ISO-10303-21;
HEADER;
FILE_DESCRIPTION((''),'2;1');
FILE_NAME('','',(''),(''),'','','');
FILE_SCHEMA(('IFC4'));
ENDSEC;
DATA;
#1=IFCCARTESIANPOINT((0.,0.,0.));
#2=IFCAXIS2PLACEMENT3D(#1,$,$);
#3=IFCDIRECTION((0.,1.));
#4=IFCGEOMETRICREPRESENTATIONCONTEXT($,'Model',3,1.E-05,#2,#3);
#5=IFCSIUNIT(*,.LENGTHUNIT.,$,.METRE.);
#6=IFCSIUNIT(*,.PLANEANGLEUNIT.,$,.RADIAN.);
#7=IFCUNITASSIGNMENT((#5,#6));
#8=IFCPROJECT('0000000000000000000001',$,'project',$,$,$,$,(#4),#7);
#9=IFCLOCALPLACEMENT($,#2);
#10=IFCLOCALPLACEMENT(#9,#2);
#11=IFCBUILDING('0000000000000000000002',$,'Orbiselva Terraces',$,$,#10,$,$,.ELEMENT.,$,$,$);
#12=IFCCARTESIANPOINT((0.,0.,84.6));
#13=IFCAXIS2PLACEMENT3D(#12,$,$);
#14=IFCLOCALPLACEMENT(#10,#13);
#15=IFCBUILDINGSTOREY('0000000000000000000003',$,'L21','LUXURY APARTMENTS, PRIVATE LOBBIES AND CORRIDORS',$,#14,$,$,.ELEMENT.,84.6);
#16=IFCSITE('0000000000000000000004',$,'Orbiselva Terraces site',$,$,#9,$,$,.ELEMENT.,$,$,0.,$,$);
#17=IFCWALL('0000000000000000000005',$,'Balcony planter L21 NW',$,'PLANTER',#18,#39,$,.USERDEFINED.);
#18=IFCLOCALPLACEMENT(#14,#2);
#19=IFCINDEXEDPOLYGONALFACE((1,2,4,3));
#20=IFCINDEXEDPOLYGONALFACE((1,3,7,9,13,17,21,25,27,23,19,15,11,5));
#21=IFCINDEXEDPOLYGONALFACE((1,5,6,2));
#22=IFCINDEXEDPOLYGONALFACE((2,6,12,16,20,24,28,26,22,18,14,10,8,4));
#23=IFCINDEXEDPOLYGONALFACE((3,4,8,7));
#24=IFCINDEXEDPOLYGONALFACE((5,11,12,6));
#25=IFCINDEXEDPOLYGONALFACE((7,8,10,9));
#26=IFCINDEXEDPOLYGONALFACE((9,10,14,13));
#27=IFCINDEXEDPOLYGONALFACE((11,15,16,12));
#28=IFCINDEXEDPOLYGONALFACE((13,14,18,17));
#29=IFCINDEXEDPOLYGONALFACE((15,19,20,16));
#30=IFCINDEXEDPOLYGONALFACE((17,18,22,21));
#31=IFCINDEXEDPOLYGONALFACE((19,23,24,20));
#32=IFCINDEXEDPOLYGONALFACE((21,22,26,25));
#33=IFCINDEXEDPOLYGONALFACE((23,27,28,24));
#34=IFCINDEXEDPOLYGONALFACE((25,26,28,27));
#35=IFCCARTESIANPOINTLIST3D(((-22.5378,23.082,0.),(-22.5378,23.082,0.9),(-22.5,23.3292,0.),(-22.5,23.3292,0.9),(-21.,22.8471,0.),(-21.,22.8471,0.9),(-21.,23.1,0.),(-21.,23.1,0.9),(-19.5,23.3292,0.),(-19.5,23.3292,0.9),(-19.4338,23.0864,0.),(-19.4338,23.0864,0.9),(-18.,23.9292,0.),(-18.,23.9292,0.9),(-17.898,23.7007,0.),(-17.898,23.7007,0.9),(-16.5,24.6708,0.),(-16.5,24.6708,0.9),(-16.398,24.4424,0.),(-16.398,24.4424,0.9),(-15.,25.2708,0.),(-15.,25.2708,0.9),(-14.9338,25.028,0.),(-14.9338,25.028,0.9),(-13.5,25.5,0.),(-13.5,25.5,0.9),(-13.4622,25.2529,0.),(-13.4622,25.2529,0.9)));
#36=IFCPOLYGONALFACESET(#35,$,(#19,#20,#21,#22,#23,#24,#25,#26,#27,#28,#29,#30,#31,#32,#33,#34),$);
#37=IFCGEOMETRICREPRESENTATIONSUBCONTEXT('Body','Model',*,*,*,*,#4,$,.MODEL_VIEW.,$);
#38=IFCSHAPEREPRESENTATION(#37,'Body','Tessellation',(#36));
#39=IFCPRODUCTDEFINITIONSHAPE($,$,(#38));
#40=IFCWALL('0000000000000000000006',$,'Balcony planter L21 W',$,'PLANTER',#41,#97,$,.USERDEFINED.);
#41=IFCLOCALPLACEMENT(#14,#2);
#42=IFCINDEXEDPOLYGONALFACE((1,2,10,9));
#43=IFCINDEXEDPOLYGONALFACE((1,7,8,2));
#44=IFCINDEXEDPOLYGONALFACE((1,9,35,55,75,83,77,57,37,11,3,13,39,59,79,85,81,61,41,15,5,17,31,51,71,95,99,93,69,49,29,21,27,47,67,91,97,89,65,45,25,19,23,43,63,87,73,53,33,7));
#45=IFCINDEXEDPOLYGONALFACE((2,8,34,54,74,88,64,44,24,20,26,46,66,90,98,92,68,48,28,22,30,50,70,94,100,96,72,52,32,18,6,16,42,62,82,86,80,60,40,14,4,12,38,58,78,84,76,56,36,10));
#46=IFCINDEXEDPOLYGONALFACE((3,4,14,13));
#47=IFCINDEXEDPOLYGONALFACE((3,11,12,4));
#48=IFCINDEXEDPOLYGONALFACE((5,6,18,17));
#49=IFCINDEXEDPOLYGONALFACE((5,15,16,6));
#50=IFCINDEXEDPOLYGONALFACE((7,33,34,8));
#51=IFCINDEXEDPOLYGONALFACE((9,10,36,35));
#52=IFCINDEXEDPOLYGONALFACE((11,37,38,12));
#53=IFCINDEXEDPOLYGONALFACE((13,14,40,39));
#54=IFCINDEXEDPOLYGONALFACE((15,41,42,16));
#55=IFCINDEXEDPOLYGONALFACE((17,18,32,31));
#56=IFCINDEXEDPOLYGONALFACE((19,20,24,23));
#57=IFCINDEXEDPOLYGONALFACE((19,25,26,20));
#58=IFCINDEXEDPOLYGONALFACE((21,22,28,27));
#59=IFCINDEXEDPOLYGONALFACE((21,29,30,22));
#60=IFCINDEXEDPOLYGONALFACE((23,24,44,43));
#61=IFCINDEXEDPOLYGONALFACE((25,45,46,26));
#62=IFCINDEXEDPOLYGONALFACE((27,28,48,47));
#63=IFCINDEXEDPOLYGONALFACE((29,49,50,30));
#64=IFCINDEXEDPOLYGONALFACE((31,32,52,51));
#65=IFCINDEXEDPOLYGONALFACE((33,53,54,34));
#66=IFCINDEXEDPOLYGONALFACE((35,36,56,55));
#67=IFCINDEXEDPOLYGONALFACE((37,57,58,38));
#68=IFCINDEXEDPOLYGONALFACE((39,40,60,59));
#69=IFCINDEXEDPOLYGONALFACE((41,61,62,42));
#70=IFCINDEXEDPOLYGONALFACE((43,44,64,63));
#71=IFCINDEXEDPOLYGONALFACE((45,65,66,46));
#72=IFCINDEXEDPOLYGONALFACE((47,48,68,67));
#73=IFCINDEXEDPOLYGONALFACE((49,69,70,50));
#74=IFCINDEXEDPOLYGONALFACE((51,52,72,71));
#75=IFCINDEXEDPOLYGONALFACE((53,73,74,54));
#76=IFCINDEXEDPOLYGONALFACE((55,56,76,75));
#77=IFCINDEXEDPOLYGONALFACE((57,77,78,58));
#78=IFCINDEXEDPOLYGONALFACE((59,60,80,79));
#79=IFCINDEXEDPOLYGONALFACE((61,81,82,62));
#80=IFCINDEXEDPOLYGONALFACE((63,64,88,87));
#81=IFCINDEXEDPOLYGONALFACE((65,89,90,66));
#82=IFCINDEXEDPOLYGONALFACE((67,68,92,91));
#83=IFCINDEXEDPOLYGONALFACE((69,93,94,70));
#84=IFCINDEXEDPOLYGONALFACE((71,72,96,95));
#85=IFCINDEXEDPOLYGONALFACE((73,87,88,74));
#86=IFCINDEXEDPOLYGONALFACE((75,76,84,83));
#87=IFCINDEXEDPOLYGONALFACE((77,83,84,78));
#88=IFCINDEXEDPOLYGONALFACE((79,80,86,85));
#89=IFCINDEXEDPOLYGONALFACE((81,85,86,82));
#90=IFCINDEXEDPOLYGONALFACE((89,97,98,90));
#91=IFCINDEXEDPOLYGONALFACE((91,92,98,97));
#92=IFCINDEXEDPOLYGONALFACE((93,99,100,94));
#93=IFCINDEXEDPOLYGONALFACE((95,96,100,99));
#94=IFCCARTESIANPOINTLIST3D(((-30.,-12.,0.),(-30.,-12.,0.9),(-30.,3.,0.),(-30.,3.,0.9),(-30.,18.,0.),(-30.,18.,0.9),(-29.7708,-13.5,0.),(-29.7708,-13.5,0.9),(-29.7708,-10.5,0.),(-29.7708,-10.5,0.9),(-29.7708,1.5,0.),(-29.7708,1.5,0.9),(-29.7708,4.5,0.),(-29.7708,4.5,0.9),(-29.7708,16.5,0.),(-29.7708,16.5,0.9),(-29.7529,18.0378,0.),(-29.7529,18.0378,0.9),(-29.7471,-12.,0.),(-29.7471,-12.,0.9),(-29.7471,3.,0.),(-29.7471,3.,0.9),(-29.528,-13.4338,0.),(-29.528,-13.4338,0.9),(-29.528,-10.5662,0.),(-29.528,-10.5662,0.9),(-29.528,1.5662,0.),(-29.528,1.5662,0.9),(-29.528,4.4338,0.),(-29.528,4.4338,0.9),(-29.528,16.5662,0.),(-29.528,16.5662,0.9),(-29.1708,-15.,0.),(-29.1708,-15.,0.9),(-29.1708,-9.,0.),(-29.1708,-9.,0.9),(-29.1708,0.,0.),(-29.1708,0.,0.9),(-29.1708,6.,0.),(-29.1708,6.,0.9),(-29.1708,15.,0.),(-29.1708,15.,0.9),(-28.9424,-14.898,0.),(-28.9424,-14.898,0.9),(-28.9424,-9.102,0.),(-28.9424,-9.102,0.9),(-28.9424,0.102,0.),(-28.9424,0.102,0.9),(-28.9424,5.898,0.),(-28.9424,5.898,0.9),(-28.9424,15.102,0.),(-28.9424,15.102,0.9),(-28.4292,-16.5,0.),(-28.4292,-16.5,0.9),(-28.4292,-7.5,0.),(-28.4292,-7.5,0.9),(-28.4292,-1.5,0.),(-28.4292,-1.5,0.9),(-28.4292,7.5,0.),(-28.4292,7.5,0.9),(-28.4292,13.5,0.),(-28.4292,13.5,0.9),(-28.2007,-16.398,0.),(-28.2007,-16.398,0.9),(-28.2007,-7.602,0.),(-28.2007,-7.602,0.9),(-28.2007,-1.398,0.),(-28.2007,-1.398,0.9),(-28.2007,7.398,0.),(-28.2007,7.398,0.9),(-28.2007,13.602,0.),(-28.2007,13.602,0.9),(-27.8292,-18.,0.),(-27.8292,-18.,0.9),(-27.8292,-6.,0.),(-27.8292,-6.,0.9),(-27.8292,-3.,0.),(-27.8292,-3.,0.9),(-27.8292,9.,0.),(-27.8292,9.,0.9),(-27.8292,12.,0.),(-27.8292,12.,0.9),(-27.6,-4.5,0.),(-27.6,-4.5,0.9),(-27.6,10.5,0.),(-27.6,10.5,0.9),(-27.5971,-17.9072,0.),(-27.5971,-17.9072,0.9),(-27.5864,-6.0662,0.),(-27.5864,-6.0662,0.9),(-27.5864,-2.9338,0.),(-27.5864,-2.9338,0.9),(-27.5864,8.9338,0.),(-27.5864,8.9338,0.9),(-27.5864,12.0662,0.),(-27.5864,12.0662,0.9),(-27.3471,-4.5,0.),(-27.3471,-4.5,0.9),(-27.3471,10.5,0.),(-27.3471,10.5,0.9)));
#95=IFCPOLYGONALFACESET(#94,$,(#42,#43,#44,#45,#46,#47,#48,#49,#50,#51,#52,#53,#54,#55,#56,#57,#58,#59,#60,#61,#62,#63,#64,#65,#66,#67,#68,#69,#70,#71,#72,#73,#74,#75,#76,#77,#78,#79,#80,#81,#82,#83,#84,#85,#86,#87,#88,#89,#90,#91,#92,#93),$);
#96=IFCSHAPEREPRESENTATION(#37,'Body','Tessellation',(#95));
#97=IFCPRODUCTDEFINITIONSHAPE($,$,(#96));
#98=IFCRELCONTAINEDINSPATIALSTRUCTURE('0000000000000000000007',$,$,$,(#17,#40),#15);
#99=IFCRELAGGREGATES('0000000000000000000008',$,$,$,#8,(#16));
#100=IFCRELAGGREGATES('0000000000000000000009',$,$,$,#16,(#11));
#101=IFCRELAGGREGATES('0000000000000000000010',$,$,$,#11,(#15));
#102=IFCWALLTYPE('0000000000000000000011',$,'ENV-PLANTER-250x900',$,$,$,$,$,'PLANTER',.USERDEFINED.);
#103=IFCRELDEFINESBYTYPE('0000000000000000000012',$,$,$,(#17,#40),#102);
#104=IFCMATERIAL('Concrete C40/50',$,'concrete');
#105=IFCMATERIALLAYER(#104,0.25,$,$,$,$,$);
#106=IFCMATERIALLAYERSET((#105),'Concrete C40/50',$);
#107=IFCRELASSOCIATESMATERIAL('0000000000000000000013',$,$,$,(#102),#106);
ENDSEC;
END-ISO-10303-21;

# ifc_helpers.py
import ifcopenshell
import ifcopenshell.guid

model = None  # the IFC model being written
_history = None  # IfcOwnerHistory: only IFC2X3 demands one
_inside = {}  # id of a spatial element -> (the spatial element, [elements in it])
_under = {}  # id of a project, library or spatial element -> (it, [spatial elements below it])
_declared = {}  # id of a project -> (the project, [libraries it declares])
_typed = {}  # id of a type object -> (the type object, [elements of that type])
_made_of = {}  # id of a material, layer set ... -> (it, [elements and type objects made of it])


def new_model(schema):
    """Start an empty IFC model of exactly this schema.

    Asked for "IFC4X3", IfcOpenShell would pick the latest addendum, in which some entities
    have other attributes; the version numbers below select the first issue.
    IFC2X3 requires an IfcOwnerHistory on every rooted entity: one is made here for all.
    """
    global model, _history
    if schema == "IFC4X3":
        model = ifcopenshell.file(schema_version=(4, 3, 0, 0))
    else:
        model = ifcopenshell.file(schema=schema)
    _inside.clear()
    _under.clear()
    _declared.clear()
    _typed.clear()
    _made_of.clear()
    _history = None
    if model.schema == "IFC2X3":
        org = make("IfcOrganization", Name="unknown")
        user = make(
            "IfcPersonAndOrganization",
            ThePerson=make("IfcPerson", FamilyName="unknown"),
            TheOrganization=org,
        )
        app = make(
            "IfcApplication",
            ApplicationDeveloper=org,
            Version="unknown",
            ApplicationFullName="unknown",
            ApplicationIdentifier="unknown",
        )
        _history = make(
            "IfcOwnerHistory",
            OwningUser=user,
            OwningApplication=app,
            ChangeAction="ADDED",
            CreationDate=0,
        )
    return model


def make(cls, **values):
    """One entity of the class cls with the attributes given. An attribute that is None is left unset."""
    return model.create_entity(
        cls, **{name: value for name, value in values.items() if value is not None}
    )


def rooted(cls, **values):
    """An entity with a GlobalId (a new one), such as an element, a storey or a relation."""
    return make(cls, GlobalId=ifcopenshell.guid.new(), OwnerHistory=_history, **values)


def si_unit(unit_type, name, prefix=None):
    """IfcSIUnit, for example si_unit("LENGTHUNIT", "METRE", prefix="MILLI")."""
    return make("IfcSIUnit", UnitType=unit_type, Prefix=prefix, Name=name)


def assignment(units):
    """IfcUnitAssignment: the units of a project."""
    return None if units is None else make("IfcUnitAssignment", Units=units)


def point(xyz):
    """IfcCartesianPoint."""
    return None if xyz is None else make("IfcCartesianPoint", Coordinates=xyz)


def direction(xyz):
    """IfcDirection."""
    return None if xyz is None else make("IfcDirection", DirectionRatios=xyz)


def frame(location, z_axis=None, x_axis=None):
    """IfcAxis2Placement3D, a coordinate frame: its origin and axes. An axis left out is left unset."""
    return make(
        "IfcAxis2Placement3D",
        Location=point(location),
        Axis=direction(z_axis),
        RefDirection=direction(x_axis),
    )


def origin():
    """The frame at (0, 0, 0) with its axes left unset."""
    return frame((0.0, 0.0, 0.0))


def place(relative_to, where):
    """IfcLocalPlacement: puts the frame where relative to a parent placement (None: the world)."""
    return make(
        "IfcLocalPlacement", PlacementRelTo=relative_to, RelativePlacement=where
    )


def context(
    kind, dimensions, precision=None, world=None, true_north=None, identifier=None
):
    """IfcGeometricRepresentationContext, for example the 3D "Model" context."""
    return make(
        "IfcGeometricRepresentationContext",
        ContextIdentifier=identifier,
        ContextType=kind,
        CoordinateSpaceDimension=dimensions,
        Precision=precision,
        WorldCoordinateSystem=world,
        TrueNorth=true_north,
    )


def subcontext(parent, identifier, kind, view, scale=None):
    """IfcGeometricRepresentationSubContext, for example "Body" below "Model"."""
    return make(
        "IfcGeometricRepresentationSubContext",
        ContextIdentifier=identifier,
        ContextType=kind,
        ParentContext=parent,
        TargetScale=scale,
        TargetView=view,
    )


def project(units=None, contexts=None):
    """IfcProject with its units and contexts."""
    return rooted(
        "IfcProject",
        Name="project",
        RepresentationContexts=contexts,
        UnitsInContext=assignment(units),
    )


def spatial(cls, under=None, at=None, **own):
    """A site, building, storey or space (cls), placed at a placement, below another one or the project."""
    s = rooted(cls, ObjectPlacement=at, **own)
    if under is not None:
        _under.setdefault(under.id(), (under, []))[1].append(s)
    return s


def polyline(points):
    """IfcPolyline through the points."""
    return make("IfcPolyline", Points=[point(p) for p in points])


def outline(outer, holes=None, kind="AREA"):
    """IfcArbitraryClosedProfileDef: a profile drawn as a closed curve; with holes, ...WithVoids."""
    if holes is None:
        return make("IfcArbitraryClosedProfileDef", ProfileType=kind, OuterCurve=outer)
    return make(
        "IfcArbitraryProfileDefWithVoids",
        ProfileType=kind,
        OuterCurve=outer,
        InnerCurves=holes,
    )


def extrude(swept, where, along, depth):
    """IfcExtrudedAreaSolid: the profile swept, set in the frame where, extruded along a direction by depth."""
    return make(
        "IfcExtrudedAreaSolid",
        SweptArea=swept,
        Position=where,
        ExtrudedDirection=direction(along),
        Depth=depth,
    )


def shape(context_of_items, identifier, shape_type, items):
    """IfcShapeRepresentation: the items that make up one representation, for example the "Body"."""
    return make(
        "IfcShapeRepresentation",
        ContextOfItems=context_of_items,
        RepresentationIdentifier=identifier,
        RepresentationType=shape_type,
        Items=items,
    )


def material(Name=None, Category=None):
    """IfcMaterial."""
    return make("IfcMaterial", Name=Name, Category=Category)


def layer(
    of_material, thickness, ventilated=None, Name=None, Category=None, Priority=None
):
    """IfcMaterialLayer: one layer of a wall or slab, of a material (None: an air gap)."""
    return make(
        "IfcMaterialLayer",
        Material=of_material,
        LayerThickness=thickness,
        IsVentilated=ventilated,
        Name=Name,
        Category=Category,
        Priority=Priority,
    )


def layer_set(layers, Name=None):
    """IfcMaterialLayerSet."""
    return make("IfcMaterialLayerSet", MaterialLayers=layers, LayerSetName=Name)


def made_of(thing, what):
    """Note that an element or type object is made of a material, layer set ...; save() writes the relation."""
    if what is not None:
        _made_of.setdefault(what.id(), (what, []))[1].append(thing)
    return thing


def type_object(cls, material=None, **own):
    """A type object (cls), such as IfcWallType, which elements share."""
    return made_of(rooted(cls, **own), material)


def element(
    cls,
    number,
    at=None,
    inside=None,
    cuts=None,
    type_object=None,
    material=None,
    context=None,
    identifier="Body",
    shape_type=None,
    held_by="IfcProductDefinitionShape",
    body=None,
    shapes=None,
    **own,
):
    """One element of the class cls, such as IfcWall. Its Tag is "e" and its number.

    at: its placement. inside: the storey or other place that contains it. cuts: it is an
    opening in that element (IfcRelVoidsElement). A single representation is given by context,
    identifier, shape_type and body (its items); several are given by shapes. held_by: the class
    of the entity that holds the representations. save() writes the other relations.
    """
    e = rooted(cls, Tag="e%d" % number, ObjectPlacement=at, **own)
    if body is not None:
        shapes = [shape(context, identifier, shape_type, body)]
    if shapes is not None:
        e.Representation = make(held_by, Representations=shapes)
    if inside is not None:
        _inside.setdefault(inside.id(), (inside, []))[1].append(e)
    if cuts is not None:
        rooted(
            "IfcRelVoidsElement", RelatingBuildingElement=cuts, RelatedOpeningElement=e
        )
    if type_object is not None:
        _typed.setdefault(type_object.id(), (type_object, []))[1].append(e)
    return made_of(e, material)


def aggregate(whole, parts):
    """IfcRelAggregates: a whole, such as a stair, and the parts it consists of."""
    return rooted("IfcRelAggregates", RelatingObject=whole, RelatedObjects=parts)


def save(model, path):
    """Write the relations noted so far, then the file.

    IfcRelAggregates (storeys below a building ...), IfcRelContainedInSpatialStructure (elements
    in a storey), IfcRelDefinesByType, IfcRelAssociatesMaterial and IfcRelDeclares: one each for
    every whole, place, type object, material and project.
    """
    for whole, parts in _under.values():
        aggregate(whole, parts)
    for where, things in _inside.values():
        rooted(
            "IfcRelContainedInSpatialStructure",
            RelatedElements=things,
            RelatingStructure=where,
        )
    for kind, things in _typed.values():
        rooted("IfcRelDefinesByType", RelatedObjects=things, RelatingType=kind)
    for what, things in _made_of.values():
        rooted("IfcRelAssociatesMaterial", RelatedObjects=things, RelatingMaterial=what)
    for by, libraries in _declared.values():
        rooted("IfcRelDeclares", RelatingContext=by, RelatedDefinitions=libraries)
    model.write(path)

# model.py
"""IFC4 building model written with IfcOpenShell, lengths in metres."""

from ifc_helpers import new_model, si_unit, direction, frame, origin, place, context, subcontext, project, spatial, polyline, outline, extrude, material, layer, layer_set, type_object, element, save


model = new_model("IFC4")

# Units and contexts
model_context = context("Model", 3, precision=1e-05, world=origin(), true_north=direction((0.0, 1.0)))
body_context = subcontext(model_context, "Body", "Model", "MODEL_VIEW")
ifc_project = project(units=[si_unit("LENGTHUNIT", "METRE"), si_unit("PLANEANGLEUNIT", "RADIAN")], contexts=[model_context])

# Site, building, storey
site_placement = place(None, origin())
site = spatial("IfcSite", under=ifc_project, at=site_placement, Name="Orbiselva Terraces site", CompositionType="ELEMENT", RefElevation=0.0)
building_placement = place(site_placement, origin())
building = spatial("IfcBuilding", under=site, at=building_placement, Name="Orbiselva Terraces", CompositionType="ELEMENT")
storey_placement = place(building_placement, frame((0.0, 0.0, 84.6)))
storey = spatial("IfcBuildingStorey", under=building, at=storey_placement, Name="L21", Description="LUXURY APARTMENTS, PRIVATE LOBBIES AND CORRIDORS", CompositionType="ELEMENT", Elevation=84.6)

# Shared definitions
ifc_material_1 = material(Name="Concrete C40/50", Category="concrete")

# Walls
ifc_layer_1 = layer(ifc_material_1, 0.25)
ifc_layer_set_1 = layer_set([ifc_layer_1], Name="Concrete C40/50")
wall_type = type_object("IfcWallType", Name="ENV-PLANTER-250x900", ElementType="PLANTER", PredefinedType="USERDEFINED", material=ifc_layer_set_1)
wall_1_placement = place(storey_placement, origin())
element("IfcWall", 1, at=wall_1_placement, inside=storey, type_object=wall_type, Name="Balcony planter L21 NW", ObjectType="PLANTER", PredefinedType="USERDEFINED", context=body_context, shape_type="SweptSolid", body=[
    extrude(outline(polyline([(-13.5, 25.5), (-15.0, 25.2708), (-16.5, 24.6708), (-18.0, 23.9292), (-19.5, 23.3292), (-21.0, 23.1), (-22.5, 23.3292), (-22.5378, 23.082), (-21.0, 22.8471), (-19.4338, 23.0864), (-17.898, 23.7007), (-16.398, 24.4424), (-14.9338, 25.028), (-13.4622, 25.2529), (-13.5, 25.5)])), origin(), (0.0, 0.0, 1.0), 0.9),
])
wall_2_placement = place(storey_placement, origin())
element("IfcWall", 2, at=wall_2_placement, inside=storey, type_object=wall_type, Name="Balcony planter L21 W", ObjectType="PLANTER", PredefinedType="USERDEFINED", context=body_context, shape_type="SweptSolid", body=[
    extrude(outline(polyline([(-30.0, 18.0), (-29.7708, 16.5), (-29.1708, 15.0), (-28.4292, 13.5), (-27.8292, 12.0), (-27.6, 10.5), (-27.8292, 9.0), (-28.4292, 7.5), (-29.1708, 6.0), (-29.7708, 4.5), (-30.0, 3.0), (-29.7708, 1.5), (-29.1708, 0.0), (-28.4292, -1.5), (-27.8292, -3.0), (-27.6, -4.5), (-27.8292, -6.0), (-28.4292, -7.5), (-29.1708, -9.0), (-29.7708, -10.5), (-30.0, -12.0), (-29.7708, -13.5), (-29.1708, -15.0), (-28.4292, -16.5), (-27.8292, -18.0), (-27.5971, -17.9072), (-28.2007, -16.398), (-28.9424, -14.898), (-29.528, -13.4338), (-29.7471, -12.0), (-29.528, -10.5662), (-28.9424, -9.102), (-28.2007, -7.602), (-27.5864, -6.0662), (-27.3471, -4.5), (-27.5864, -2.9338), (-28.2007, -1.398), (-28.9424, 0.102), (-29.528, 1.5662), (-29.7471, 3.0), (-29.528, 4.4338), (-28.9424, 5.898), (-28.2007, 7.398), (-27.5864, 8.9338), (-27.3471, 10.5), (-27.5864, 12.0662), (-28.2007, 13.602), (-28.9424, 15.102), (-29.528, 16.5662), (-29.7529, 18.0378), (-30.0, 18.0)])), origin(), (0.0, 0.0, 1.0), 0.9),
])

save(model, "model.ifc")
